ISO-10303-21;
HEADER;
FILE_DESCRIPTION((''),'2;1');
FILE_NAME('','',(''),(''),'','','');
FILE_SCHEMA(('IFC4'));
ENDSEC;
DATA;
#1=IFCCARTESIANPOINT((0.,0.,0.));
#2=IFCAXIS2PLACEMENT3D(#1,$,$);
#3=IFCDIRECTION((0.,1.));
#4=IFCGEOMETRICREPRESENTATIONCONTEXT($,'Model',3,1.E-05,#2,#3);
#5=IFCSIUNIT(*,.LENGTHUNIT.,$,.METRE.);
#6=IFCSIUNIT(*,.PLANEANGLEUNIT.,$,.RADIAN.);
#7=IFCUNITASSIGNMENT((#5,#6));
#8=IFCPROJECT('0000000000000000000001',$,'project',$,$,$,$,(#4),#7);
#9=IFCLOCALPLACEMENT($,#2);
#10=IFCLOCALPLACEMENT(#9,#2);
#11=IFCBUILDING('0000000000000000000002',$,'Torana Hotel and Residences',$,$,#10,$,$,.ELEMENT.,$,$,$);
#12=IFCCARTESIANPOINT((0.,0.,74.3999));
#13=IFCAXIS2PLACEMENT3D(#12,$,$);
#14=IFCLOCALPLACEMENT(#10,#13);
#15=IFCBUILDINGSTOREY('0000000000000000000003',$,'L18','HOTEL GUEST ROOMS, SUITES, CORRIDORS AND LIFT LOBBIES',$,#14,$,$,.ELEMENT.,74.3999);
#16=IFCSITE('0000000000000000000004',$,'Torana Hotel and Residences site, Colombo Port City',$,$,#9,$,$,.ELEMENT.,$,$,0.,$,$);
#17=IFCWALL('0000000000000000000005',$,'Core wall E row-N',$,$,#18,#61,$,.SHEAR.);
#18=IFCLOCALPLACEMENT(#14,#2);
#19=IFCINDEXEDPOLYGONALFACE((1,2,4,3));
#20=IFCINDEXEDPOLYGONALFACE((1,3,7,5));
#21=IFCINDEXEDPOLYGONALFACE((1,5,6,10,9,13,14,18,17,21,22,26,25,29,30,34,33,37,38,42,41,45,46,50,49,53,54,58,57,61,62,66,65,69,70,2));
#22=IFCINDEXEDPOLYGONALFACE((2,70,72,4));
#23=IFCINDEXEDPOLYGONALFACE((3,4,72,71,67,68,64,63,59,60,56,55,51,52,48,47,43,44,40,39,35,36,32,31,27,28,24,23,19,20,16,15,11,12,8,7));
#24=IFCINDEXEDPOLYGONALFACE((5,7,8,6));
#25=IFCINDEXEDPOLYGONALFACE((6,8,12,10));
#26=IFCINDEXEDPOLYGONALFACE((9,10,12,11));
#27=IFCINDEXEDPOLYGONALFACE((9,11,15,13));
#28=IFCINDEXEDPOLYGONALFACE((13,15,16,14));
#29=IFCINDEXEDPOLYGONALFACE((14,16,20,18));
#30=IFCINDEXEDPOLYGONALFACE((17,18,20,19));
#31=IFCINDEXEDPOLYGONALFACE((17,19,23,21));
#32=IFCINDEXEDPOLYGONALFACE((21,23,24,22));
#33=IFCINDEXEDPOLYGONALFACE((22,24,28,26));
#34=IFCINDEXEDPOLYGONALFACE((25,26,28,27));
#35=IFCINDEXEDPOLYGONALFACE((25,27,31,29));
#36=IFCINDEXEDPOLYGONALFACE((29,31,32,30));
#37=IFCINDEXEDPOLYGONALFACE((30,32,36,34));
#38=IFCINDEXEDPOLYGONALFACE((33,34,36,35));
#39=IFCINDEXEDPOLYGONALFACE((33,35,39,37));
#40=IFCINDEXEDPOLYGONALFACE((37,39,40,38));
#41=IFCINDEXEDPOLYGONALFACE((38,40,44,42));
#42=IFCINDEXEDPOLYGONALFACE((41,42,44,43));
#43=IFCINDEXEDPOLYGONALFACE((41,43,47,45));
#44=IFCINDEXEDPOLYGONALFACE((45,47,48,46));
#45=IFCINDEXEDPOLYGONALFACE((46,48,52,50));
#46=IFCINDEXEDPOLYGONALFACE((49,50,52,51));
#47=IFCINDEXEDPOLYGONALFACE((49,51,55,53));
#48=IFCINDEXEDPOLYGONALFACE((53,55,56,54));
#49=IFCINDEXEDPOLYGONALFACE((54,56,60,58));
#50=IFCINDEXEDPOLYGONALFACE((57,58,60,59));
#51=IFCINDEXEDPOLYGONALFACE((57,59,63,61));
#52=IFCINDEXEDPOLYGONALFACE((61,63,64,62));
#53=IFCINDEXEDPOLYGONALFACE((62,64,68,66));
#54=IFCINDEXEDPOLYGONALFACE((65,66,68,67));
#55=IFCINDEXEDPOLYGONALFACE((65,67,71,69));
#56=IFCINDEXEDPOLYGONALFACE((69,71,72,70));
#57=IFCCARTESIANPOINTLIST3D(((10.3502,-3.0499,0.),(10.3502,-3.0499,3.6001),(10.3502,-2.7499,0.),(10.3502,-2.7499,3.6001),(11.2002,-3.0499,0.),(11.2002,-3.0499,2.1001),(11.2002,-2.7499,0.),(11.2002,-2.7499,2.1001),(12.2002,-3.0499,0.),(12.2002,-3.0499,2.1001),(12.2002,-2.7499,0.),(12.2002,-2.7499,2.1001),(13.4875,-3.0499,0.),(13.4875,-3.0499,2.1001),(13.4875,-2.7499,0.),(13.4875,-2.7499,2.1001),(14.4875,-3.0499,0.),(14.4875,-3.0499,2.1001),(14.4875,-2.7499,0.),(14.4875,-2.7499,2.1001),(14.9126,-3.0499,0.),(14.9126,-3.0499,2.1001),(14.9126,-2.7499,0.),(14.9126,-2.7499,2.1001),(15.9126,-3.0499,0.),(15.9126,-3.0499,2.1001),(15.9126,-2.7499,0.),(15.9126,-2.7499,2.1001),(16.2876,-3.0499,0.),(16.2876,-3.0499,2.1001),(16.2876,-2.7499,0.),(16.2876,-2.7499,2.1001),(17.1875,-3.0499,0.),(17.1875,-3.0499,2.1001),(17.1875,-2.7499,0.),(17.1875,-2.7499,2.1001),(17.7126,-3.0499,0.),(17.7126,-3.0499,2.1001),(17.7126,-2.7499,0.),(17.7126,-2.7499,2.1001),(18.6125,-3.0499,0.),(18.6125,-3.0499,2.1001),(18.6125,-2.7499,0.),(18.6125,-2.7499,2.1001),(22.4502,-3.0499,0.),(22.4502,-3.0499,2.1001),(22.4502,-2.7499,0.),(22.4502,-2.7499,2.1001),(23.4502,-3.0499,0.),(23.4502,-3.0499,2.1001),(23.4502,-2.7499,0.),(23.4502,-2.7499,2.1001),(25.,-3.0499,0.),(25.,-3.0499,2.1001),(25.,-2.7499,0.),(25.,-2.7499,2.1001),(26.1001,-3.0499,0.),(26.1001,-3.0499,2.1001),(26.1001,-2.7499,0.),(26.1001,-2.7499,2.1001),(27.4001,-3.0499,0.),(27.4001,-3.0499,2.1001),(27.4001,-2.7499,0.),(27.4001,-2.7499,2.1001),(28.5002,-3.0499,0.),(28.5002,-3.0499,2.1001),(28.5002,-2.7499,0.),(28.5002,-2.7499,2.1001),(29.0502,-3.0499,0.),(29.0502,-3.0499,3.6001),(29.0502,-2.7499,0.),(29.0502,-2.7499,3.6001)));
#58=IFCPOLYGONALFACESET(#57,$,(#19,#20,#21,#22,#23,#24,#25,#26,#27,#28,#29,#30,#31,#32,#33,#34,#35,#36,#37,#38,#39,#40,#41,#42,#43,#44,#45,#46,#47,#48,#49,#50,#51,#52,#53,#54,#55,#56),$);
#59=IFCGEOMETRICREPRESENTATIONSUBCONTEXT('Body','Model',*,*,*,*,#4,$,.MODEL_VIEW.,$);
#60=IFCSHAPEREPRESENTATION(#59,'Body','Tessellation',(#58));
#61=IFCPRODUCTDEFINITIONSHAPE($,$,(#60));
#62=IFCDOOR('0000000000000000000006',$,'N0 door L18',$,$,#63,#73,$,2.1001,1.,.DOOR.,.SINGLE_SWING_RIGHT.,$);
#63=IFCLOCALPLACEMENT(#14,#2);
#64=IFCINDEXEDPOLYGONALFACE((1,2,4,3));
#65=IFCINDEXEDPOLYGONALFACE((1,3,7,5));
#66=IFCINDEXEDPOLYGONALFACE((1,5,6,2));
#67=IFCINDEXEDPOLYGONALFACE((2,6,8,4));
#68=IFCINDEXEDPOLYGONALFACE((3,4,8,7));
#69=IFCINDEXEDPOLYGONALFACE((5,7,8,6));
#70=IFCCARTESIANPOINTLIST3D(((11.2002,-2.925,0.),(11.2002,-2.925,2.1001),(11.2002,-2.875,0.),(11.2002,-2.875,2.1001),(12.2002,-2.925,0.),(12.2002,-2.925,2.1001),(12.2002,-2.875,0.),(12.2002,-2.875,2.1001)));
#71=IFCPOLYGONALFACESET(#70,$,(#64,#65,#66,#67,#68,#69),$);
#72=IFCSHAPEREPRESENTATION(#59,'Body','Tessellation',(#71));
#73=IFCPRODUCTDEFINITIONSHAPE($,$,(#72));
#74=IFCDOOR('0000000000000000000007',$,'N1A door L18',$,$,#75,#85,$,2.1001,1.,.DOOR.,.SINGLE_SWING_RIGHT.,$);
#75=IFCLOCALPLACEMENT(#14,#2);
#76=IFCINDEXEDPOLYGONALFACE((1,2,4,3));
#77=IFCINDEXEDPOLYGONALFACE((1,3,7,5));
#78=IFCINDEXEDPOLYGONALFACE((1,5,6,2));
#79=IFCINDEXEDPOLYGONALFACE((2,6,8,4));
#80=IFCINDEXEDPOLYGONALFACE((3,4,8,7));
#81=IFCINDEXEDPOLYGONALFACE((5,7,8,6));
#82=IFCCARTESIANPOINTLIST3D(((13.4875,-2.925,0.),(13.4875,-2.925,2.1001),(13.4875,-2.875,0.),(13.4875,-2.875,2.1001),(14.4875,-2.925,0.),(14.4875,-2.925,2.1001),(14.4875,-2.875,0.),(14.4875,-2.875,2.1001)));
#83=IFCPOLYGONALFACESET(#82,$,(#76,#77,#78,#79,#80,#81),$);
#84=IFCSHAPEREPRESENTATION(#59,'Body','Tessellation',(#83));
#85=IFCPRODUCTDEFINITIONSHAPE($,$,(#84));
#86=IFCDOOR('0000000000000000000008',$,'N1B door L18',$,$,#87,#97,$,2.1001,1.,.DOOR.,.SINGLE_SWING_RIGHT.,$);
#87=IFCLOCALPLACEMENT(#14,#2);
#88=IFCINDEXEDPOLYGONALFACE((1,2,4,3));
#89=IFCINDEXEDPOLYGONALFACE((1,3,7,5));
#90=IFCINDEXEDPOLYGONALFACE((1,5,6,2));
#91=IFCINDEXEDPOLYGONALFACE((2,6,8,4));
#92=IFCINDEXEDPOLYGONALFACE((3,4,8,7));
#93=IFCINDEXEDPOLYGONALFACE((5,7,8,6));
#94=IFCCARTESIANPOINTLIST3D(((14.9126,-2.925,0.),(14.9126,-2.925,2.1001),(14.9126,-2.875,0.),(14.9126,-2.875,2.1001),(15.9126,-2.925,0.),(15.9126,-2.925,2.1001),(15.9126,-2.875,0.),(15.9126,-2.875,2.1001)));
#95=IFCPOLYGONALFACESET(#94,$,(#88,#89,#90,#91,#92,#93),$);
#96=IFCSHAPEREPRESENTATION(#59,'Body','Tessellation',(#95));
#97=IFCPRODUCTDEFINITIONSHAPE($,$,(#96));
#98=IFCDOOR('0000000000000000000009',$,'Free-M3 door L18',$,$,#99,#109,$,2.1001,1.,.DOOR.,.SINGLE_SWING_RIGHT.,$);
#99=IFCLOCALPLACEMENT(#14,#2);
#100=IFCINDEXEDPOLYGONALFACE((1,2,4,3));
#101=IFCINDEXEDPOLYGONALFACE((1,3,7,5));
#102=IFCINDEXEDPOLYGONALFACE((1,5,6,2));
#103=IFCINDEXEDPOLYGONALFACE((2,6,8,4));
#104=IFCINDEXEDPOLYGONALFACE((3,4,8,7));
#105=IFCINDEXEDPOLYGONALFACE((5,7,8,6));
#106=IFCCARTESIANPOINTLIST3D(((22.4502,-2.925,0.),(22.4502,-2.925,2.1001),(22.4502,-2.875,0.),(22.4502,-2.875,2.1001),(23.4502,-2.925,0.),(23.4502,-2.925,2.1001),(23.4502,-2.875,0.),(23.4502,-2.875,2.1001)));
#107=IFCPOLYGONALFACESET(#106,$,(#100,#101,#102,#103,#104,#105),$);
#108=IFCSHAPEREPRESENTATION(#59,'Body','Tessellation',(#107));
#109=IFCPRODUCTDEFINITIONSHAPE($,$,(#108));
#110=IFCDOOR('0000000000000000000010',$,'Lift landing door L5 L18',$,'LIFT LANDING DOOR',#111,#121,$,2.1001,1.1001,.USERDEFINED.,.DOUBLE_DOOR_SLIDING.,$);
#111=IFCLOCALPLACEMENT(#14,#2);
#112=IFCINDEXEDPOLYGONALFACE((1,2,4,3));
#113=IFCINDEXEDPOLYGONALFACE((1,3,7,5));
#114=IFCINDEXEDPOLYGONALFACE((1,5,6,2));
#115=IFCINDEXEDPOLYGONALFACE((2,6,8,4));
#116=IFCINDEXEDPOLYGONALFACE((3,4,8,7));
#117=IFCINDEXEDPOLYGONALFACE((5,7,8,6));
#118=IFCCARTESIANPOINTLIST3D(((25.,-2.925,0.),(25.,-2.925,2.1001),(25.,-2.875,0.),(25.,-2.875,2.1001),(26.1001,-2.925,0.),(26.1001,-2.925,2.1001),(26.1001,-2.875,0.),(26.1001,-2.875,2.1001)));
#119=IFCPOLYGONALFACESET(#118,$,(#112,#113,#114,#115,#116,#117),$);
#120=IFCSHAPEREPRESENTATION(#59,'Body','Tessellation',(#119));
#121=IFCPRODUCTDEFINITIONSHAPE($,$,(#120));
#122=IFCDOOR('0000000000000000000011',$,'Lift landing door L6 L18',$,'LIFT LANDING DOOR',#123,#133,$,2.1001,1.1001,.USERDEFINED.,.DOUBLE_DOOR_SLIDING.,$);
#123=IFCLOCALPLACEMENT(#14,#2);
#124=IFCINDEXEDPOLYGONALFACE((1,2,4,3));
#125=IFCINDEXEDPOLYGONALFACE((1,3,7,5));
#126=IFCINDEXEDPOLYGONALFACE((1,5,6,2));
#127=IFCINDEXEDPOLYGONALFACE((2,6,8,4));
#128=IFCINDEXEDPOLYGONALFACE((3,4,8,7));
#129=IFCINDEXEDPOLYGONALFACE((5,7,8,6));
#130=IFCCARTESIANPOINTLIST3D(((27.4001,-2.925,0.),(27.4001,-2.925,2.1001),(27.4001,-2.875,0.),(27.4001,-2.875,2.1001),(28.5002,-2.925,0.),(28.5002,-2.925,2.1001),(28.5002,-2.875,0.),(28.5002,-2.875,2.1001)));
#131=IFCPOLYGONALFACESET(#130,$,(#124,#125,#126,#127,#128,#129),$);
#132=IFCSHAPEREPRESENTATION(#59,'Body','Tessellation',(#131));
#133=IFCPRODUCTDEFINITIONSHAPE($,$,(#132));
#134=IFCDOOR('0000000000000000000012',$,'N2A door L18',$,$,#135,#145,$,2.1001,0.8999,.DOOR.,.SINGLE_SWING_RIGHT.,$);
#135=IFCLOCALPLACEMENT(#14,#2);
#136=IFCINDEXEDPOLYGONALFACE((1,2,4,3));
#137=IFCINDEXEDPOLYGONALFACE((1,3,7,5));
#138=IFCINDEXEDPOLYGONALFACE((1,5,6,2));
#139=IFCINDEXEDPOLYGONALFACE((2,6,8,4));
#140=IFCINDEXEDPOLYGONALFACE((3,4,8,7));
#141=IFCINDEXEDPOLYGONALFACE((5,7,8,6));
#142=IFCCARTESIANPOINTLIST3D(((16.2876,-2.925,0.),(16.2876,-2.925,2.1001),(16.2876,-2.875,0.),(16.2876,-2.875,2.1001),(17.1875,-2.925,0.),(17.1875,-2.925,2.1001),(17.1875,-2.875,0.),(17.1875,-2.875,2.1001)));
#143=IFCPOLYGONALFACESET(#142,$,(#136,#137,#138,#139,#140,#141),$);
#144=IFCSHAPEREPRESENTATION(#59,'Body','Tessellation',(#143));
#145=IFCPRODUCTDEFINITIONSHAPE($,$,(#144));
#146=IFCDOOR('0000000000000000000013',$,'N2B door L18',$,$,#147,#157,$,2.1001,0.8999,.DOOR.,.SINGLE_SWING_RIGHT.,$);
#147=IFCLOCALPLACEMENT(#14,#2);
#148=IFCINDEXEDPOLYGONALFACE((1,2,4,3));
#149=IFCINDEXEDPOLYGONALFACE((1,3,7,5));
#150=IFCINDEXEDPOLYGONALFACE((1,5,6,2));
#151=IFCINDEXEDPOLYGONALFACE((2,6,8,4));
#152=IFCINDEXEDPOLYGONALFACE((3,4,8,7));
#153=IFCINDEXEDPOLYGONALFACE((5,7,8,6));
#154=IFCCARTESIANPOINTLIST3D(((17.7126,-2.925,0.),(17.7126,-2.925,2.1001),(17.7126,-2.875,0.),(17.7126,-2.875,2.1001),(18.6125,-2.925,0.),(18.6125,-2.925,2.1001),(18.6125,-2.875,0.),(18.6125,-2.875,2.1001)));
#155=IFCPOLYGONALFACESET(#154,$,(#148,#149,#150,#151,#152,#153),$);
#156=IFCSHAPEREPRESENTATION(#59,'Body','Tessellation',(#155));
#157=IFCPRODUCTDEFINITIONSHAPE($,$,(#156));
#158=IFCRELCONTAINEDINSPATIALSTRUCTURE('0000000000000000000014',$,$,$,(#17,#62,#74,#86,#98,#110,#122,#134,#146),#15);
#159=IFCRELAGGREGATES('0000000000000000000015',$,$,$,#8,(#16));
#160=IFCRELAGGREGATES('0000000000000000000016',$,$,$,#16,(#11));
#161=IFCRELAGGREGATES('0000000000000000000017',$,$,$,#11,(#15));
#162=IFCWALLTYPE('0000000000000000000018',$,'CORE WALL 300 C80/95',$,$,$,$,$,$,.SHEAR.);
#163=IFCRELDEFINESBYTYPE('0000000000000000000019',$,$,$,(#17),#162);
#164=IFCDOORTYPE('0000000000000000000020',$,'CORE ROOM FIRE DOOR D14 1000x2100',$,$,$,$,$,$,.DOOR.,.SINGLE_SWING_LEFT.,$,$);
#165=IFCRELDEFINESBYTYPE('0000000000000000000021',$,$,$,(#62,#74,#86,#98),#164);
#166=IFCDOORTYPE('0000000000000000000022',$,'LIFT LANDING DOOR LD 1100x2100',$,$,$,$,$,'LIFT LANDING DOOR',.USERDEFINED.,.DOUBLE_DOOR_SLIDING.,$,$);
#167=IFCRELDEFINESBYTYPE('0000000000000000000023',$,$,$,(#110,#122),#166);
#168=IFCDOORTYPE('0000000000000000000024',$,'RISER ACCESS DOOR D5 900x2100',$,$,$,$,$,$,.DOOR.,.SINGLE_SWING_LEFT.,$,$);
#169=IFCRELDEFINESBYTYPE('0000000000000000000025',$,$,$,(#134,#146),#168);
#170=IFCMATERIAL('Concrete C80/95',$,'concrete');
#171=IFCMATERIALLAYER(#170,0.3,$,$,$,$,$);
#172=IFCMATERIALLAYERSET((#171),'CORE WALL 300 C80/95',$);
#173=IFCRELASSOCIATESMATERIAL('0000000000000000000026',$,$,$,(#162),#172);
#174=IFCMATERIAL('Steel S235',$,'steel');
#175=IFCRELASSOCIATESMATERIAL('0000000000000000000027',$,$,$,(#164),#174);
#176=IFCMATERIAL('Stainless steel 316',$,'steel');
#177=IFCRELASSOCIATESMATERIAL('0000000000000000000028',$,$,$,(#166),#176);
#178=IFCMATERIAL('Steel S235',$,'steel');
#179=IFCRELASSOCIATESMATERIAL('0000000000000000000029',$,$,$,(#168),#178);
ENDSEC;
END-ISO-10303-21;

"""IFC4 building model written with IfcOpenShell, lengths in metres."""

from ifc_helpers import new_model, si_unit, direction, frame, frame_2d, origin, place, context, subcontext, project, spatial, rectangle, extrude, material, layer, layer_set, type_object, element, fill, save


model = new_model("IFC4")

# Units and contexts
model_context = context("Model", 3, precision=1e-05, world=origin(), true_north=direction((0.0, 1.0)))
body_context = subcontext(model_context, "Body", "Model", "MODEL_VIEW")
ifc_project = project(units=[si_unit("LENGTHUNIT", "METRE"), si_unit("PLANEANGLEUNIT", "RADIAN")], contexts=[model_context])

# Site, building, storey
site_placement = place(None, origin())
site = spatial("IfcSite", under=ifc_project, at=site_placement, Name="Torana Hotel and Residences site, Colombo Port City", CompositionType="ELEMENT", RefElevation=0.0)
building_placement = place(site_placement, origin())
building = spatial("IfcBuilding", under=site, at=building_placement, Name="Torana Hotel and Residences", CompositionType="ELEMENT")
storey_placement = place(building_placement, frame((0.0, 0.0, 74.3999)))
storey = spatial("IfcBuildingStorey", under=building, at=storey_placement, Name="L18", Description="HOTEL GUEST ROOMS, SUITES, CORRIDORS AND LIFT LOBBIES", CompositionType="ELEMENT", Elevation=74.3999)

# Wall, openings, doors
ifc_material_1 = material(Name="Concrete C80/95", Category="concrete")
ifc_layer = layer(ifc_material_1, 0.3)
ifc_layer_set = layer_set([ifc_layer], Name="CORE WALL 300 C80/95")
wall_type = type_object("IfcWallType", Name="CORE WALL 300 C80/95", PredefinedType="SHEAR", material=ifc_layer_set)
wall_1_placement = place(storey_placement, frame((10.3501, -2.8999, 0.0), z_axis=(0.0, 0.0, 1.0), x_axis=(1.0, 0.0, 0.0)))
wall_1 = element("IfcWall", 1, at=wall_1_placement, inside=storey, type_object=wall_type, Name="Core wall E row-N", PredefinedType="SHEAR", context=body_context, shape_type="SweptSolid", body=[
    extrude(rectangle(XDim=18.7, YDim=0.3, at=frame_2d((9.3501, 0.0))), origin(), (0.0, 0.0, 1.0), 3.6001),
])
opening_1_placement = place(wall_1_placement, frame((14.6499, 0.0, 0.0)))
opening_1 = element("IfcOpeningElement", 2, at=opening_1_placement, cuts=wall_1, PredefinedType="OPENING", context=body_context, shape_type="SweptSolid", body=[
    extrude(rectangle(XDim=1.1001, YDim=2.1001, at=frame_2d((0.55, 1.05))), frame((0.0, 0.1599, 0.0), z_axis=(0.0, -1.0, 0.0), x_axis=(1.0, 0.0, 0.0)), (0.0, 0.0, 1.0), 0.3201),
])
opening_2_placement = place(wall_1_placement, frame((17.05, 0.0, 0.0)))
opening_2 = element("IfcOpeningElement", 3, at=opening_2_placement, cuts=wall_1, PredefinedType="OPENING", context=body_context, shape_type="SweptSolid", body=[
    extrude(rectangle(XDim=1.1001, YDim=2.1001, at=frame_2d((0.55, 1.05))), frame((0.0, 0.1599, 0.0), z_axis=(0.0, -1.0, 0.0), x_axis=(1.0, 0.0, 0.0)), (0.0, 0.0, 1.0), 0.3201),
])
opening_3_placement = place(wall_1_placement, frame((5.9375, 0.0, 0.0)))
opening_3 = element("IfcOpeningElement", 4, at=opening_3_placement, cuts=wall_1, PredefinedType="OPENING", context=body_context, shape_type="SweptSolid", body=[
    extrude(rectangle(XDim=0.8999, YDim=2.1001, at=frame_2d((0.45, 1.05))), frame((0.0, 0.1599, 0.0), z_axis=(0.0, -1.0, 0.0), x_axis=(1.0, 0.0, 0.0)), (0.0, 0.0, 1.0), 0.3201),
])
opening_4_placement = place(wall_1_placement, frame((7.3625, 0.0, 0.0)))
opening_4 = element("IfcOpeningElement", 5, at=opening_4_placement, cuts=wall_1, PredefinedType="OPENING", context=body_context, shape_type="SweptSolid", body=[
    extrude(rectangle(XDim=0.8999, YDim=2.1001, at=frame_2d((0.45, 1.05))), frame((0.0, 0.1599, 0.0), z_axis=(0.0, -1.0, 0.0), x_axis=(1.0, 0.0, 0.0)), (0.0, 0.0, 1.0), 0.3201),
])
opening_5_placement = place(wall_1_placement, frame((0.8501, 0.0, 0.0)))
opening_5 = element("IfcOpeningElement", 6, at=opening_5_placement, cuts=wall_1, PredefinedType="OPENING", context=body_context, shape_type="SweptSolid", body=[
    extrude(rectangle(XDim=1.0, YDim=2.1001, at=frame_2d((0.5, 1.05))), frame((0.0, 0.1599, 0.0), z_axis=(0.0, -1.0, 0.0), x_axis=(1.0, 0.0, 0.0)), (0.0, 0.0, 1.0), 0.3201),
])
opening_6_placement = place(wall_1_placement, frame((3.1375, 0.0, 0.0)))
opening_6 = element("IfcOpeningElement", 7, at=opening_6_placement, cuts=wall_1, PredefinedType="OPENING", context=body_context, shape_type="SweptSolid", body=[
    extrude(rectangle(XDim=1.0, YDim=2.1001, at=frame_2d((0.5, 1.05))), frame((0.0, 0.1599, 0.0), z_axis=(0.0, -1.0, 0.0), x_axis=(1.0, 0.0, 0.0)), (0.0, 0.0, 1.0), 0.3201),
])
opening_7_placement = place(wall_1_placement, frame((4.5625, 0.0, 0.0)))
opening_7 = element("IfcOpeningElement", 8, at=opening_7_placement, cuts=wall_1, PredefinedType="OPENING", context=body_context, shape_type="SweptSolid", body=[
    extrude(rectangle(XDim=1.0, YDim=2.1001, at=frame_2d((0.5, 1.05))), frame((0.0, 0.1599, 0.0), z_axis=(0.0, -1.0, 0.0), x_axis=(1.0, 0.0, 0.0)), (0.0, 0.0, 1.0), 0.3201),
])
opening_8_placement = place(wall_1_placement, frame((12.1001, 0.0, 0.0)))
opening_8 = element("IfcOpeningElement", 9, at=opening_8_placement, cuts=wall_1, PredefinedType="OPENING", context=body_context, shape_type="SweptSolid", body=[
    extrude(rectangle(XDim=1.0, YDim=2.1001, at=frame_2d((0.5, 1.05))), frame((0.0, 0.1599, 0.0), z_axis=(0.0, -1.0, 0.0), x_axis=(1.0, 0.0, 0.0)), (0.0, 0.0, 1.0), 0.3201),
])
ifc_material_2 = material(Name="Steel S235", Category="steel")
door_type_1 = type_object("IfcDoorType", Name="CORE ROOM FIRE DOOR D14 1000x2100", OperationType="SINGLE_SWING_LEFT", PredefinedType="DOOR", material=ifc_material_2)
door_1_placement = place(opening_5_placement, origin())
door_1 = element("IfcDoor", 10, at=door_1_placement, inside=storey, type_object=door_type_1, Name="N0 door L18", OperationType="SINGLE_SWING_RIGHT", OverallHeight=2.1001, OverallWidth=1.0, PredefinedType="DOOR", context=body_context, shape_type="SweptSolid", body=[
    extrude(rectangle(XDim=1.0, YDim=2.1001, at=frame_2d((0.5, 1.05))), frame((0.0, 0.0249, 0.0), z_axis=(0.0, -1.0, 0.0), x_axis=(1.0, 0.0, 0.0)), (0.0, 0.0, 1.0), 0.05),
])
fill(opening_5, door_1)
door_2_placement = place(opening_6_placement, origin())
door_2 = element("IfcDoor", 11, at=door_2_placement, inside=storey, type_object=door_type_1, Name="N1A door L18", OperationType="SINGLE_SWING_RIGHT", OverallHeight=2.1001, OverallWidth=1.0, PredefinedType="DOOR", context=body_context, shape_type="SweptSolid", body=[
    extrude(rectangle(XDim=1.0, YDim=2.1001, at=frame_2d((0.5, 1.05))), frame((0.0, 0.0249, 0.0), z_axis=(0.0, -1.0, 0.0), x_axis=(1.0, 0.0, 0.0)), (0.0, 0.0, 1.0), 0.05),
])
fill(opening_6, door_2)
door_3_placement = place(opening_7_placement, origin())
door_3 = element("IfcDoor", 12, at=door_3_placement, inside=storey, type_object=door_type_1, Name="N1B door L18", OperationType="SINGLE_SWING_RIGHT", OverallHeight=2.1001, OverallWidth=1.0, PredefinedType="DOOR", context=body_context, shape_type="SweptSolid", body=[
    extrude(rectangle(XDim=1.0, YDim=2.1001, at=frame_2d((0.5, 1.05))), frame((0.0, 0.0249, 0.0), z_axis=(0.0, -1.0, 0.0), x_axis=(1.0, 0.0, 0.0)), (0.0, 0.0, 1.0), 0.05),
])
fill(opening_7, door_3)
door_4_placement = place(opening_8_placement, origin())
door_4 = element("IfcDoor", 13, at=door_4_placement, inside=storey, type_object=door_type_1, Name="Free-M3 door L18", OperationType="SINGLE_SWING_RIGHT", OverallHeight=2.1001, OverallWidth=1.0, PredefinedType="DOOR", context=body_context, shape_type="SweptSolid", body=[
    extrude(rectangle(XDim=1.0, YDim=2.1001, at=frame_2d((0.5, 1.05))), frame((0.0, 0.0249, 0.0), z_axis=(0.0, -1.0, 0.0), x_axis=(1.0, 0.0, 0.0)), (0.0, 0.0, 1.0), 0.05),
])
fill(opening_8, door_4)
ifc_material_3 = material(Name="Stainless steel 316", Category="steel")
door_type_2 = type_object("IfcDoorType", Name="LIFT LANDING DOOR LD 1100x2100", ElementType="LIFT LANDING DOOR", OperationType="DOUBLE_DOOR_SLIDING", PredefinedType="USERDEFINED", material=ifc_material_3)
door_5_placement = place(opening_1_placement, origin())
door_5 = element("IfcDoor", 14, at=door_5_placement, inside=storey, type_object=door_type_2, Name="Lift landing door L5 L18", ObjectType="LIFT LANDING DOOR", OperationType="DOUBLE_DOOR_SLIDING", OverallHeight=2.1001, OverallWidth=1.1001, PredefinedType="USERDEFINED", context=body_context, shape_type="SweptSolid", body=[
    extrude(rectangle(XDim=1.1001, YDim=2.1001, at=frame_2d((0.55, 1.05))), frame((0.0, 0.0249, 0.0), z_axis=(0.0, -1.0, 0.0), x_axis=(1.0, 0.0, 0.0)), (0.0, 0.0, 1.0), 0.05),
])
fill(opening_1, door_5)
door_6_placement = place(opening_2_placement, origin())
door_6 = element("IfcDoor", 15, at=door_6_placement, inside=storey, type_object=door_type_2, Name="Lift landing door L6 L18", ObjectType="LIFT LANDING DOOR", OperationType="DOUBLE_DOOR_SLIDING", OverallHeight=2.1001, OverallWidth=1.1001, PredefinedType="USERDEFINED", context=body_context, shape_type="SweptSolid", body=[
    extrude(rectangle(XDim=1.1001, YDim=2.1001, at=frame_2d((0.55, 1.05))), frame((0.0, 0.0249, 0.0), z_axis=(0.0, -1.0, 0.0), x_axis=(1.0, 0.0, 0.0)), (0.0, 0.0, 1.0), 0.05),
])
fill(opening_2, door_6)
ifc_material_4 = material(Name="Steel S235", Category="steel")
door_type_3 = type_object("IfcDoorType", Name="RISER ACCESS DOOR D5 900x2100", OperationType="SINGLE_SWING_LEFT", PredefinedType="DOOR", material=ifc_material_4)
door_7_placement = place(opening_3_placement, origin())
door_7 = element("IfcDoor", 16, at=door_7_placement, inside=storey, type_object=door_type_3, Name="N2A door L18", OperationType="SINGLE_SWING_RIGHT", OverallHeight=2.1001, OverallWidth=0.8999, PredefinedType="DOOR", context=body_context, shape_type="SweptSolid", body=[
    extrude(rectangle(XDim=0.8999, YDim=2.1001, at=frame_2d((0.45, 1.05))), frame((0.0, 0.0249, 0.0), z_axis=(0.0, -1.0, 0.0), x_axis=(1.0, 0.0, 0.0)), (0.0, 0.0, 1.0), 0.05),
])
fill(opening_3, door_7)
door_8_placement = place(opening_4_placement, origin())
door_8 = element("IfcDoor", 17, at=door_8_placement, inside=storey, type_object=door_type_3, Name="N2B door L18", OperationType="SINGLE_SWING_RIGHT", OverallHeight=2.1001, OverallWidth=0.8999, PredefinedType="DOOR", context=body_context, shape_type="SweptSolid", body=[
    extrude(rectangle(XDim=0.8999, YDim=2.1001, at=frame_2d((0.45, 1.05))), frame((0.0, 0.0249, 0.0), z_axis=(0.0, -1.0, 0.0), x_axis=(1.0, 0.0, 0.0)), (0.0, 0.0, 1.0), 0.05),
])
fill(opening_4, door_8)

save(model, "model.ifc")
